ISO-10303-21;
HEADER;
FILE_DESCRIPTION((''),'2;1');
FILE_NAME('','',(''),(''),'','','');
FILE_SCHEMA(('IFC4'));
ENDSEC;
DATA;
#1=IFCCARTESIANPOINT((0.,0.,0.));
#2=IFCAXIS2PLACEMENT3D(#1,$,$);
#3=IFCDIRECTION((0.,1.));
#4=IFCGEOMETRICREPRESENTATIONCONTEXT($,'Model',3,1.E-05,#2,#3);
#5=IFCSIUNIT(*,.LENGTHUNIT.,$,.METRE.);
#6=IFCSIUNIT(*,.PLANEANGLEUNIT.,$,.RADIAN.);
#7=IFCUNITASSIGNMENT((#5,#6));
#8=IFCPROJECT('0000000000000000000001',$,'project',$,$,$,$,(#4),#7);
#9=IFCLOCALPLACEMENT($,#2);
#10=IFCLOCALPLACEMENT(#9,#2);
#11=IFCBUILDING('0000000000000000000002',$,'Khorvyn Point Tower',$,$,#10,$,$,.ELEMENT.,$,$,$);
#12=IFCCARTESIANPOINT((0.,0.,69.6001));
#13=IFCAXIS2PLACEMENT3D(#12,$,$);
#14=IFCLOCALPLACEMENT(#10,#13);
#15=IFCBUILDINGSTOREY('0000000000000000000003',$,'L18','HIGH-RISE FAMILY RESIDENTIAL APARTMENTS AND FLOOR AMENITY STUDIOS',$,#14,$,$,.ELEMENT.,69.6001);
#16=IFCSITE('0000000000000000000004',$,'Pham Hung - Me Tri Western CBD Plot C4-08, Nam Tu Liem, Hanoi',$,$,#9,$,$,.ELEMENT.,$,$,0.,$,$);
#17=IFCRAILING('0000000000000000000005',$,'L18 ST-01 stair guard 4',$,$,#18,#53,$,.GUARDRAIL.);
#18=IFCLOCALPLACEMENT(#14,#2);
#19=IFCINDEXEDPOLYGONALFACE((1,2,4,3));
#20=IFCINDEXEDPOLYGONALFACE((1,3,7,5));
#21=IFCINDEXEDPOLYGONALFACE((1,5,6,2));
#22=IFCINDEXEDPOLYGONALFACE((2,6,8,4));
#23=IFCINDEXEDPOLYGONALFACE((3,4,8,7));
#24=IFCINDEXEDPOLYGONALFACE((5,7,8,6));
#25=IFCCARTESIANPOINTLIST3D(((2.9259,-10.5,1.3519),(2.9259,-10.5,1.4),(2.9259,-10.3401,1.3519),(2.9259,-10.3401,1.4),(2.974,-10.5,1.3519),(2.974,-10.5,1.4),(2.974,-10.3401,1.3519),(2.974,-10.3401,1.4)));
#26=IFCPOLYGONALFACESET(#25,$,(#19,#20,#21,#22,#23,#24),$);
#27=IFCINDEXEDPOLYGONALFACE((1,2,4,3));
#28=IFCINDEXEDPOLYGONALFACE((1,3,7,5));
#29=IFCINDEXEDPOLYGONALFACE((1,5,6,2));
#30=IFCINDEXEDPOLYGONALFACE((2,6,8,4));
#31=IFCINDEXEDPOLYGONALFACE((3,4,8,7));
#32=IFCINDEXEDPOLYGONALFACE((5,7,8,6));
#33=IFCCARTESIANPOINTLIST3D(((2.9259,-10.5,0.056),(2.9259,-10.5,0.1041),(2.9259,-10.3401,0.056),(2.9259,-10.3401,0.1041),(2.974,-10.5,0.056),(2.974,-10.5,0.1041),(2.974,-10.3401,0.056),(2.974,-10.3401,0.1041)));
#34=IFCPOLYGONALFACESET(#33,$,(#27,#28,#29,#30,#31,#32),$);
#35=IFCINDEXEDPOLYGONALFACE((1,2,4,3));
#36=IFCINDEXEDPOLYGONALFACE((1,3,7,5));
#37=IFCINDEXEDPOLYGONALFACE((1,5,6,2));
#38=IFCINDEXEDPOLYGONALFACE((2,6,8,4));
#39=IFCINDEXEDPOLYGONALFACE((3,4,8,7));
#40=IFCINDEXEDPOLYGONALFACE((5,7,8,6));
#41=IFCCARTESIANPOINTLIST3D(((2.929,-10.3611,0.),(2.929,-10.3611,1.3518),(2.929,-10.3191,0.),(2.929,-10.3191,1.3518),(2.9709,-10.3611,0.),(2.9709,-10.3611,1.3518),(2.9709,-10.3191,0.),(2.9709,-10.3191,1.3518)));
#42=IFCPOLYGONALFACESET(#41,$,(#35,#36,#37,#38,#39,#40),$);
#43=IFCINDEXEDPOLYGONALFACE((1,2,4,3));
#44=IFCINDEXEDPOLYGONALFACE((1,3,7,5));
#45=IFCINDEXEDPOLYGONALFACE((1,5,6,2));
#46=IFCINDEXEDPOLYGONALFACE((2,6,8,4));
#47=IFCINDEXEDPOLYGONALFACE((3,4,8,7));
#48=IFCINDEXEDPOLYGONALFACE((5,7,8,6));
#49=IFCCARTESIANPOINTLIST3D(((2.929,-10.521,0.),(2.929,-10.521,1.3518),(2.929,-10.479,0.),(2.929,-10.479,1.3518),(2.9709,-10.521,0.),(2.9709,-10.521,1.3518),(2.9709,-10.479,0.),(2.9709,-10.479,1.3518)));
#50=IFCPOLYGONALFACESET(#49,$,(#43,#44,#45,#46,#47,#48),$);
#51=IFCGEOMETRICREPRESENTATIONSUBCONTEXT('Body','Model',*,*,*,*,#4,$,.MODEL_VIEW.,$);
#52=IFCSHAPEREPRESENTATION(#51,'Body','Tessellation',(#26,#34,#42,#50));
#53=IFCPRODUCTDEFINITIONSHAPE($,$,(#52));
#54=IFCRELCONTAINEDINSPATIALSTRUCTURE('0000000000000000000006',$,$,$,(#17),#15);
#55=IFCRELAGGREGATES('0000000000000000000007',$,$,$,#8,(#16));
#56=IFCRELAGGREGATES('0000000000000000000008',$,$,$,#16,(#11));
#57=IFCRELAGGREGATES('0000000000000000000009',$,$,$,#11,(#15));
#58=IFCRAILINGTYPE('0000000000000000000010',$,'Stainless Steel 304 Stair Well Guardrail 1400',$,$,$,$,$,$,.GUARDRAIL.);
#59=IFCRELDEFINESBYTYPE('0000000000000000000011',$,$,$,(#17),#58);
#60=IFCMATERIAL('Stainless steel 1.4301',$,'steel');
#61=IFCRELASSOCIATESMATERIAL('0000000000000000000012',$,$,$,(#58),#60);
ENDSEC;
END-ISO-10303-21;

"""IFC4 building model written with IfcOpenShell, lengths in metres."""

from ifc_helpers import new_model, si_unit, direction, frame, origin, origin_2d, place, context, subcontext, project, spatial, rectangle, extrude, material, type_object, element, save


model = new_model("IFC4")

# Units and contexts
model_context = context("Model", 3, precision=1e-05, world=origin(), true_north=direction((0.0, 1.0)))
body_context = subcontext(model_context, "Body", "Model", "MODEL_VIEW")
ifc_project = project(units=[si_unit("LENGTHUNIT", "METRE"), si_unit("PLANEANGLEUNIT", "RADIAN")], contexts=[model_context])

# Site, building, storey
site_placement = place(None, origin())
site = spatial("IfcSite", under=ifc_project, at=site_placement, Name="Pham Hung - Me Tri Western CBD Plot C4-08, Nam Tu Liem, Hanoi", CompositionType="ELEMENT", RefElevation=0.0)
building_placement = place(site_placement, origin())
building = spatial("IfcBuilding", under=site, at=building_placement, Name="Khorvyn Point Tower", CompositionType="ELEMENT")
storey_placement = place(building_placement, frame((0.0, 0.0, 69.6001)))
storey = spatial("IfcBuildingStorey", under=building, at=storey_placement, Name="L18", Description="HIGH-RISE FAMILY RESIDENTIAL APARTMENTS AND FLOOR AMENITY STUDIOS", CompositionType="ELEMENT", Elevation=69.6001)

# Shared definitions
ifc_material_1 = material(Name="Stainless steel 1.4301", Category="steel")

# Railing
railing_type_1 = type_object("IfcRailingType", Name="Stainless Steel 304 Stair Well Guardrail 1400", PredefinedType="GUARDRAIL", material=ifc_material_1)
railing_1_placement = place(storey_placement, frame((2.95, -10.3401, 0.0)))
element("IfcRailing", 1, at=railing_1_placement, inside=storey, type_object=railing_type_1, Name="L18 ST-01 stair guard 4", PredefinedType="GUARDRAIL", context=body_context, shape_type="SweptSolid", body=[
    extrude(rectangle(XDim=0.0481, YDim=0.0481, at=origin_2d()), frame((0.0, 0.0, 1.376), z_axis=(0.0, -1.0, 0.0), x_axis=(1.0, 0.0, 0.0)), (0.0, 0.0, 1.0), 0.1599),
    extrude(rectangle(XDim=0.0481, YDim=0.0481, at=origin_2d()), frame((0.0, 0.0, 0.0801), z_axis=(0.0, -1.0, 0.0), x_axis=(1.0, 0.0, 0.0)), (0.0, 0.0, 1.0), 0.1599),
    extrude(rectangle(XDim=0.042, YDim=0.042, at=origin_2d()), origin(), (0.0, 0.0, 1.0), 1.3518),
    extrude(rectangle(XDim=0.042, YDim=0.042, at=origin_2d()), frame((0.0, -0.1599, 0.0)), (0.0, 0.0, 1.0), 1.3518),
])

save(model, "model.ifc")
